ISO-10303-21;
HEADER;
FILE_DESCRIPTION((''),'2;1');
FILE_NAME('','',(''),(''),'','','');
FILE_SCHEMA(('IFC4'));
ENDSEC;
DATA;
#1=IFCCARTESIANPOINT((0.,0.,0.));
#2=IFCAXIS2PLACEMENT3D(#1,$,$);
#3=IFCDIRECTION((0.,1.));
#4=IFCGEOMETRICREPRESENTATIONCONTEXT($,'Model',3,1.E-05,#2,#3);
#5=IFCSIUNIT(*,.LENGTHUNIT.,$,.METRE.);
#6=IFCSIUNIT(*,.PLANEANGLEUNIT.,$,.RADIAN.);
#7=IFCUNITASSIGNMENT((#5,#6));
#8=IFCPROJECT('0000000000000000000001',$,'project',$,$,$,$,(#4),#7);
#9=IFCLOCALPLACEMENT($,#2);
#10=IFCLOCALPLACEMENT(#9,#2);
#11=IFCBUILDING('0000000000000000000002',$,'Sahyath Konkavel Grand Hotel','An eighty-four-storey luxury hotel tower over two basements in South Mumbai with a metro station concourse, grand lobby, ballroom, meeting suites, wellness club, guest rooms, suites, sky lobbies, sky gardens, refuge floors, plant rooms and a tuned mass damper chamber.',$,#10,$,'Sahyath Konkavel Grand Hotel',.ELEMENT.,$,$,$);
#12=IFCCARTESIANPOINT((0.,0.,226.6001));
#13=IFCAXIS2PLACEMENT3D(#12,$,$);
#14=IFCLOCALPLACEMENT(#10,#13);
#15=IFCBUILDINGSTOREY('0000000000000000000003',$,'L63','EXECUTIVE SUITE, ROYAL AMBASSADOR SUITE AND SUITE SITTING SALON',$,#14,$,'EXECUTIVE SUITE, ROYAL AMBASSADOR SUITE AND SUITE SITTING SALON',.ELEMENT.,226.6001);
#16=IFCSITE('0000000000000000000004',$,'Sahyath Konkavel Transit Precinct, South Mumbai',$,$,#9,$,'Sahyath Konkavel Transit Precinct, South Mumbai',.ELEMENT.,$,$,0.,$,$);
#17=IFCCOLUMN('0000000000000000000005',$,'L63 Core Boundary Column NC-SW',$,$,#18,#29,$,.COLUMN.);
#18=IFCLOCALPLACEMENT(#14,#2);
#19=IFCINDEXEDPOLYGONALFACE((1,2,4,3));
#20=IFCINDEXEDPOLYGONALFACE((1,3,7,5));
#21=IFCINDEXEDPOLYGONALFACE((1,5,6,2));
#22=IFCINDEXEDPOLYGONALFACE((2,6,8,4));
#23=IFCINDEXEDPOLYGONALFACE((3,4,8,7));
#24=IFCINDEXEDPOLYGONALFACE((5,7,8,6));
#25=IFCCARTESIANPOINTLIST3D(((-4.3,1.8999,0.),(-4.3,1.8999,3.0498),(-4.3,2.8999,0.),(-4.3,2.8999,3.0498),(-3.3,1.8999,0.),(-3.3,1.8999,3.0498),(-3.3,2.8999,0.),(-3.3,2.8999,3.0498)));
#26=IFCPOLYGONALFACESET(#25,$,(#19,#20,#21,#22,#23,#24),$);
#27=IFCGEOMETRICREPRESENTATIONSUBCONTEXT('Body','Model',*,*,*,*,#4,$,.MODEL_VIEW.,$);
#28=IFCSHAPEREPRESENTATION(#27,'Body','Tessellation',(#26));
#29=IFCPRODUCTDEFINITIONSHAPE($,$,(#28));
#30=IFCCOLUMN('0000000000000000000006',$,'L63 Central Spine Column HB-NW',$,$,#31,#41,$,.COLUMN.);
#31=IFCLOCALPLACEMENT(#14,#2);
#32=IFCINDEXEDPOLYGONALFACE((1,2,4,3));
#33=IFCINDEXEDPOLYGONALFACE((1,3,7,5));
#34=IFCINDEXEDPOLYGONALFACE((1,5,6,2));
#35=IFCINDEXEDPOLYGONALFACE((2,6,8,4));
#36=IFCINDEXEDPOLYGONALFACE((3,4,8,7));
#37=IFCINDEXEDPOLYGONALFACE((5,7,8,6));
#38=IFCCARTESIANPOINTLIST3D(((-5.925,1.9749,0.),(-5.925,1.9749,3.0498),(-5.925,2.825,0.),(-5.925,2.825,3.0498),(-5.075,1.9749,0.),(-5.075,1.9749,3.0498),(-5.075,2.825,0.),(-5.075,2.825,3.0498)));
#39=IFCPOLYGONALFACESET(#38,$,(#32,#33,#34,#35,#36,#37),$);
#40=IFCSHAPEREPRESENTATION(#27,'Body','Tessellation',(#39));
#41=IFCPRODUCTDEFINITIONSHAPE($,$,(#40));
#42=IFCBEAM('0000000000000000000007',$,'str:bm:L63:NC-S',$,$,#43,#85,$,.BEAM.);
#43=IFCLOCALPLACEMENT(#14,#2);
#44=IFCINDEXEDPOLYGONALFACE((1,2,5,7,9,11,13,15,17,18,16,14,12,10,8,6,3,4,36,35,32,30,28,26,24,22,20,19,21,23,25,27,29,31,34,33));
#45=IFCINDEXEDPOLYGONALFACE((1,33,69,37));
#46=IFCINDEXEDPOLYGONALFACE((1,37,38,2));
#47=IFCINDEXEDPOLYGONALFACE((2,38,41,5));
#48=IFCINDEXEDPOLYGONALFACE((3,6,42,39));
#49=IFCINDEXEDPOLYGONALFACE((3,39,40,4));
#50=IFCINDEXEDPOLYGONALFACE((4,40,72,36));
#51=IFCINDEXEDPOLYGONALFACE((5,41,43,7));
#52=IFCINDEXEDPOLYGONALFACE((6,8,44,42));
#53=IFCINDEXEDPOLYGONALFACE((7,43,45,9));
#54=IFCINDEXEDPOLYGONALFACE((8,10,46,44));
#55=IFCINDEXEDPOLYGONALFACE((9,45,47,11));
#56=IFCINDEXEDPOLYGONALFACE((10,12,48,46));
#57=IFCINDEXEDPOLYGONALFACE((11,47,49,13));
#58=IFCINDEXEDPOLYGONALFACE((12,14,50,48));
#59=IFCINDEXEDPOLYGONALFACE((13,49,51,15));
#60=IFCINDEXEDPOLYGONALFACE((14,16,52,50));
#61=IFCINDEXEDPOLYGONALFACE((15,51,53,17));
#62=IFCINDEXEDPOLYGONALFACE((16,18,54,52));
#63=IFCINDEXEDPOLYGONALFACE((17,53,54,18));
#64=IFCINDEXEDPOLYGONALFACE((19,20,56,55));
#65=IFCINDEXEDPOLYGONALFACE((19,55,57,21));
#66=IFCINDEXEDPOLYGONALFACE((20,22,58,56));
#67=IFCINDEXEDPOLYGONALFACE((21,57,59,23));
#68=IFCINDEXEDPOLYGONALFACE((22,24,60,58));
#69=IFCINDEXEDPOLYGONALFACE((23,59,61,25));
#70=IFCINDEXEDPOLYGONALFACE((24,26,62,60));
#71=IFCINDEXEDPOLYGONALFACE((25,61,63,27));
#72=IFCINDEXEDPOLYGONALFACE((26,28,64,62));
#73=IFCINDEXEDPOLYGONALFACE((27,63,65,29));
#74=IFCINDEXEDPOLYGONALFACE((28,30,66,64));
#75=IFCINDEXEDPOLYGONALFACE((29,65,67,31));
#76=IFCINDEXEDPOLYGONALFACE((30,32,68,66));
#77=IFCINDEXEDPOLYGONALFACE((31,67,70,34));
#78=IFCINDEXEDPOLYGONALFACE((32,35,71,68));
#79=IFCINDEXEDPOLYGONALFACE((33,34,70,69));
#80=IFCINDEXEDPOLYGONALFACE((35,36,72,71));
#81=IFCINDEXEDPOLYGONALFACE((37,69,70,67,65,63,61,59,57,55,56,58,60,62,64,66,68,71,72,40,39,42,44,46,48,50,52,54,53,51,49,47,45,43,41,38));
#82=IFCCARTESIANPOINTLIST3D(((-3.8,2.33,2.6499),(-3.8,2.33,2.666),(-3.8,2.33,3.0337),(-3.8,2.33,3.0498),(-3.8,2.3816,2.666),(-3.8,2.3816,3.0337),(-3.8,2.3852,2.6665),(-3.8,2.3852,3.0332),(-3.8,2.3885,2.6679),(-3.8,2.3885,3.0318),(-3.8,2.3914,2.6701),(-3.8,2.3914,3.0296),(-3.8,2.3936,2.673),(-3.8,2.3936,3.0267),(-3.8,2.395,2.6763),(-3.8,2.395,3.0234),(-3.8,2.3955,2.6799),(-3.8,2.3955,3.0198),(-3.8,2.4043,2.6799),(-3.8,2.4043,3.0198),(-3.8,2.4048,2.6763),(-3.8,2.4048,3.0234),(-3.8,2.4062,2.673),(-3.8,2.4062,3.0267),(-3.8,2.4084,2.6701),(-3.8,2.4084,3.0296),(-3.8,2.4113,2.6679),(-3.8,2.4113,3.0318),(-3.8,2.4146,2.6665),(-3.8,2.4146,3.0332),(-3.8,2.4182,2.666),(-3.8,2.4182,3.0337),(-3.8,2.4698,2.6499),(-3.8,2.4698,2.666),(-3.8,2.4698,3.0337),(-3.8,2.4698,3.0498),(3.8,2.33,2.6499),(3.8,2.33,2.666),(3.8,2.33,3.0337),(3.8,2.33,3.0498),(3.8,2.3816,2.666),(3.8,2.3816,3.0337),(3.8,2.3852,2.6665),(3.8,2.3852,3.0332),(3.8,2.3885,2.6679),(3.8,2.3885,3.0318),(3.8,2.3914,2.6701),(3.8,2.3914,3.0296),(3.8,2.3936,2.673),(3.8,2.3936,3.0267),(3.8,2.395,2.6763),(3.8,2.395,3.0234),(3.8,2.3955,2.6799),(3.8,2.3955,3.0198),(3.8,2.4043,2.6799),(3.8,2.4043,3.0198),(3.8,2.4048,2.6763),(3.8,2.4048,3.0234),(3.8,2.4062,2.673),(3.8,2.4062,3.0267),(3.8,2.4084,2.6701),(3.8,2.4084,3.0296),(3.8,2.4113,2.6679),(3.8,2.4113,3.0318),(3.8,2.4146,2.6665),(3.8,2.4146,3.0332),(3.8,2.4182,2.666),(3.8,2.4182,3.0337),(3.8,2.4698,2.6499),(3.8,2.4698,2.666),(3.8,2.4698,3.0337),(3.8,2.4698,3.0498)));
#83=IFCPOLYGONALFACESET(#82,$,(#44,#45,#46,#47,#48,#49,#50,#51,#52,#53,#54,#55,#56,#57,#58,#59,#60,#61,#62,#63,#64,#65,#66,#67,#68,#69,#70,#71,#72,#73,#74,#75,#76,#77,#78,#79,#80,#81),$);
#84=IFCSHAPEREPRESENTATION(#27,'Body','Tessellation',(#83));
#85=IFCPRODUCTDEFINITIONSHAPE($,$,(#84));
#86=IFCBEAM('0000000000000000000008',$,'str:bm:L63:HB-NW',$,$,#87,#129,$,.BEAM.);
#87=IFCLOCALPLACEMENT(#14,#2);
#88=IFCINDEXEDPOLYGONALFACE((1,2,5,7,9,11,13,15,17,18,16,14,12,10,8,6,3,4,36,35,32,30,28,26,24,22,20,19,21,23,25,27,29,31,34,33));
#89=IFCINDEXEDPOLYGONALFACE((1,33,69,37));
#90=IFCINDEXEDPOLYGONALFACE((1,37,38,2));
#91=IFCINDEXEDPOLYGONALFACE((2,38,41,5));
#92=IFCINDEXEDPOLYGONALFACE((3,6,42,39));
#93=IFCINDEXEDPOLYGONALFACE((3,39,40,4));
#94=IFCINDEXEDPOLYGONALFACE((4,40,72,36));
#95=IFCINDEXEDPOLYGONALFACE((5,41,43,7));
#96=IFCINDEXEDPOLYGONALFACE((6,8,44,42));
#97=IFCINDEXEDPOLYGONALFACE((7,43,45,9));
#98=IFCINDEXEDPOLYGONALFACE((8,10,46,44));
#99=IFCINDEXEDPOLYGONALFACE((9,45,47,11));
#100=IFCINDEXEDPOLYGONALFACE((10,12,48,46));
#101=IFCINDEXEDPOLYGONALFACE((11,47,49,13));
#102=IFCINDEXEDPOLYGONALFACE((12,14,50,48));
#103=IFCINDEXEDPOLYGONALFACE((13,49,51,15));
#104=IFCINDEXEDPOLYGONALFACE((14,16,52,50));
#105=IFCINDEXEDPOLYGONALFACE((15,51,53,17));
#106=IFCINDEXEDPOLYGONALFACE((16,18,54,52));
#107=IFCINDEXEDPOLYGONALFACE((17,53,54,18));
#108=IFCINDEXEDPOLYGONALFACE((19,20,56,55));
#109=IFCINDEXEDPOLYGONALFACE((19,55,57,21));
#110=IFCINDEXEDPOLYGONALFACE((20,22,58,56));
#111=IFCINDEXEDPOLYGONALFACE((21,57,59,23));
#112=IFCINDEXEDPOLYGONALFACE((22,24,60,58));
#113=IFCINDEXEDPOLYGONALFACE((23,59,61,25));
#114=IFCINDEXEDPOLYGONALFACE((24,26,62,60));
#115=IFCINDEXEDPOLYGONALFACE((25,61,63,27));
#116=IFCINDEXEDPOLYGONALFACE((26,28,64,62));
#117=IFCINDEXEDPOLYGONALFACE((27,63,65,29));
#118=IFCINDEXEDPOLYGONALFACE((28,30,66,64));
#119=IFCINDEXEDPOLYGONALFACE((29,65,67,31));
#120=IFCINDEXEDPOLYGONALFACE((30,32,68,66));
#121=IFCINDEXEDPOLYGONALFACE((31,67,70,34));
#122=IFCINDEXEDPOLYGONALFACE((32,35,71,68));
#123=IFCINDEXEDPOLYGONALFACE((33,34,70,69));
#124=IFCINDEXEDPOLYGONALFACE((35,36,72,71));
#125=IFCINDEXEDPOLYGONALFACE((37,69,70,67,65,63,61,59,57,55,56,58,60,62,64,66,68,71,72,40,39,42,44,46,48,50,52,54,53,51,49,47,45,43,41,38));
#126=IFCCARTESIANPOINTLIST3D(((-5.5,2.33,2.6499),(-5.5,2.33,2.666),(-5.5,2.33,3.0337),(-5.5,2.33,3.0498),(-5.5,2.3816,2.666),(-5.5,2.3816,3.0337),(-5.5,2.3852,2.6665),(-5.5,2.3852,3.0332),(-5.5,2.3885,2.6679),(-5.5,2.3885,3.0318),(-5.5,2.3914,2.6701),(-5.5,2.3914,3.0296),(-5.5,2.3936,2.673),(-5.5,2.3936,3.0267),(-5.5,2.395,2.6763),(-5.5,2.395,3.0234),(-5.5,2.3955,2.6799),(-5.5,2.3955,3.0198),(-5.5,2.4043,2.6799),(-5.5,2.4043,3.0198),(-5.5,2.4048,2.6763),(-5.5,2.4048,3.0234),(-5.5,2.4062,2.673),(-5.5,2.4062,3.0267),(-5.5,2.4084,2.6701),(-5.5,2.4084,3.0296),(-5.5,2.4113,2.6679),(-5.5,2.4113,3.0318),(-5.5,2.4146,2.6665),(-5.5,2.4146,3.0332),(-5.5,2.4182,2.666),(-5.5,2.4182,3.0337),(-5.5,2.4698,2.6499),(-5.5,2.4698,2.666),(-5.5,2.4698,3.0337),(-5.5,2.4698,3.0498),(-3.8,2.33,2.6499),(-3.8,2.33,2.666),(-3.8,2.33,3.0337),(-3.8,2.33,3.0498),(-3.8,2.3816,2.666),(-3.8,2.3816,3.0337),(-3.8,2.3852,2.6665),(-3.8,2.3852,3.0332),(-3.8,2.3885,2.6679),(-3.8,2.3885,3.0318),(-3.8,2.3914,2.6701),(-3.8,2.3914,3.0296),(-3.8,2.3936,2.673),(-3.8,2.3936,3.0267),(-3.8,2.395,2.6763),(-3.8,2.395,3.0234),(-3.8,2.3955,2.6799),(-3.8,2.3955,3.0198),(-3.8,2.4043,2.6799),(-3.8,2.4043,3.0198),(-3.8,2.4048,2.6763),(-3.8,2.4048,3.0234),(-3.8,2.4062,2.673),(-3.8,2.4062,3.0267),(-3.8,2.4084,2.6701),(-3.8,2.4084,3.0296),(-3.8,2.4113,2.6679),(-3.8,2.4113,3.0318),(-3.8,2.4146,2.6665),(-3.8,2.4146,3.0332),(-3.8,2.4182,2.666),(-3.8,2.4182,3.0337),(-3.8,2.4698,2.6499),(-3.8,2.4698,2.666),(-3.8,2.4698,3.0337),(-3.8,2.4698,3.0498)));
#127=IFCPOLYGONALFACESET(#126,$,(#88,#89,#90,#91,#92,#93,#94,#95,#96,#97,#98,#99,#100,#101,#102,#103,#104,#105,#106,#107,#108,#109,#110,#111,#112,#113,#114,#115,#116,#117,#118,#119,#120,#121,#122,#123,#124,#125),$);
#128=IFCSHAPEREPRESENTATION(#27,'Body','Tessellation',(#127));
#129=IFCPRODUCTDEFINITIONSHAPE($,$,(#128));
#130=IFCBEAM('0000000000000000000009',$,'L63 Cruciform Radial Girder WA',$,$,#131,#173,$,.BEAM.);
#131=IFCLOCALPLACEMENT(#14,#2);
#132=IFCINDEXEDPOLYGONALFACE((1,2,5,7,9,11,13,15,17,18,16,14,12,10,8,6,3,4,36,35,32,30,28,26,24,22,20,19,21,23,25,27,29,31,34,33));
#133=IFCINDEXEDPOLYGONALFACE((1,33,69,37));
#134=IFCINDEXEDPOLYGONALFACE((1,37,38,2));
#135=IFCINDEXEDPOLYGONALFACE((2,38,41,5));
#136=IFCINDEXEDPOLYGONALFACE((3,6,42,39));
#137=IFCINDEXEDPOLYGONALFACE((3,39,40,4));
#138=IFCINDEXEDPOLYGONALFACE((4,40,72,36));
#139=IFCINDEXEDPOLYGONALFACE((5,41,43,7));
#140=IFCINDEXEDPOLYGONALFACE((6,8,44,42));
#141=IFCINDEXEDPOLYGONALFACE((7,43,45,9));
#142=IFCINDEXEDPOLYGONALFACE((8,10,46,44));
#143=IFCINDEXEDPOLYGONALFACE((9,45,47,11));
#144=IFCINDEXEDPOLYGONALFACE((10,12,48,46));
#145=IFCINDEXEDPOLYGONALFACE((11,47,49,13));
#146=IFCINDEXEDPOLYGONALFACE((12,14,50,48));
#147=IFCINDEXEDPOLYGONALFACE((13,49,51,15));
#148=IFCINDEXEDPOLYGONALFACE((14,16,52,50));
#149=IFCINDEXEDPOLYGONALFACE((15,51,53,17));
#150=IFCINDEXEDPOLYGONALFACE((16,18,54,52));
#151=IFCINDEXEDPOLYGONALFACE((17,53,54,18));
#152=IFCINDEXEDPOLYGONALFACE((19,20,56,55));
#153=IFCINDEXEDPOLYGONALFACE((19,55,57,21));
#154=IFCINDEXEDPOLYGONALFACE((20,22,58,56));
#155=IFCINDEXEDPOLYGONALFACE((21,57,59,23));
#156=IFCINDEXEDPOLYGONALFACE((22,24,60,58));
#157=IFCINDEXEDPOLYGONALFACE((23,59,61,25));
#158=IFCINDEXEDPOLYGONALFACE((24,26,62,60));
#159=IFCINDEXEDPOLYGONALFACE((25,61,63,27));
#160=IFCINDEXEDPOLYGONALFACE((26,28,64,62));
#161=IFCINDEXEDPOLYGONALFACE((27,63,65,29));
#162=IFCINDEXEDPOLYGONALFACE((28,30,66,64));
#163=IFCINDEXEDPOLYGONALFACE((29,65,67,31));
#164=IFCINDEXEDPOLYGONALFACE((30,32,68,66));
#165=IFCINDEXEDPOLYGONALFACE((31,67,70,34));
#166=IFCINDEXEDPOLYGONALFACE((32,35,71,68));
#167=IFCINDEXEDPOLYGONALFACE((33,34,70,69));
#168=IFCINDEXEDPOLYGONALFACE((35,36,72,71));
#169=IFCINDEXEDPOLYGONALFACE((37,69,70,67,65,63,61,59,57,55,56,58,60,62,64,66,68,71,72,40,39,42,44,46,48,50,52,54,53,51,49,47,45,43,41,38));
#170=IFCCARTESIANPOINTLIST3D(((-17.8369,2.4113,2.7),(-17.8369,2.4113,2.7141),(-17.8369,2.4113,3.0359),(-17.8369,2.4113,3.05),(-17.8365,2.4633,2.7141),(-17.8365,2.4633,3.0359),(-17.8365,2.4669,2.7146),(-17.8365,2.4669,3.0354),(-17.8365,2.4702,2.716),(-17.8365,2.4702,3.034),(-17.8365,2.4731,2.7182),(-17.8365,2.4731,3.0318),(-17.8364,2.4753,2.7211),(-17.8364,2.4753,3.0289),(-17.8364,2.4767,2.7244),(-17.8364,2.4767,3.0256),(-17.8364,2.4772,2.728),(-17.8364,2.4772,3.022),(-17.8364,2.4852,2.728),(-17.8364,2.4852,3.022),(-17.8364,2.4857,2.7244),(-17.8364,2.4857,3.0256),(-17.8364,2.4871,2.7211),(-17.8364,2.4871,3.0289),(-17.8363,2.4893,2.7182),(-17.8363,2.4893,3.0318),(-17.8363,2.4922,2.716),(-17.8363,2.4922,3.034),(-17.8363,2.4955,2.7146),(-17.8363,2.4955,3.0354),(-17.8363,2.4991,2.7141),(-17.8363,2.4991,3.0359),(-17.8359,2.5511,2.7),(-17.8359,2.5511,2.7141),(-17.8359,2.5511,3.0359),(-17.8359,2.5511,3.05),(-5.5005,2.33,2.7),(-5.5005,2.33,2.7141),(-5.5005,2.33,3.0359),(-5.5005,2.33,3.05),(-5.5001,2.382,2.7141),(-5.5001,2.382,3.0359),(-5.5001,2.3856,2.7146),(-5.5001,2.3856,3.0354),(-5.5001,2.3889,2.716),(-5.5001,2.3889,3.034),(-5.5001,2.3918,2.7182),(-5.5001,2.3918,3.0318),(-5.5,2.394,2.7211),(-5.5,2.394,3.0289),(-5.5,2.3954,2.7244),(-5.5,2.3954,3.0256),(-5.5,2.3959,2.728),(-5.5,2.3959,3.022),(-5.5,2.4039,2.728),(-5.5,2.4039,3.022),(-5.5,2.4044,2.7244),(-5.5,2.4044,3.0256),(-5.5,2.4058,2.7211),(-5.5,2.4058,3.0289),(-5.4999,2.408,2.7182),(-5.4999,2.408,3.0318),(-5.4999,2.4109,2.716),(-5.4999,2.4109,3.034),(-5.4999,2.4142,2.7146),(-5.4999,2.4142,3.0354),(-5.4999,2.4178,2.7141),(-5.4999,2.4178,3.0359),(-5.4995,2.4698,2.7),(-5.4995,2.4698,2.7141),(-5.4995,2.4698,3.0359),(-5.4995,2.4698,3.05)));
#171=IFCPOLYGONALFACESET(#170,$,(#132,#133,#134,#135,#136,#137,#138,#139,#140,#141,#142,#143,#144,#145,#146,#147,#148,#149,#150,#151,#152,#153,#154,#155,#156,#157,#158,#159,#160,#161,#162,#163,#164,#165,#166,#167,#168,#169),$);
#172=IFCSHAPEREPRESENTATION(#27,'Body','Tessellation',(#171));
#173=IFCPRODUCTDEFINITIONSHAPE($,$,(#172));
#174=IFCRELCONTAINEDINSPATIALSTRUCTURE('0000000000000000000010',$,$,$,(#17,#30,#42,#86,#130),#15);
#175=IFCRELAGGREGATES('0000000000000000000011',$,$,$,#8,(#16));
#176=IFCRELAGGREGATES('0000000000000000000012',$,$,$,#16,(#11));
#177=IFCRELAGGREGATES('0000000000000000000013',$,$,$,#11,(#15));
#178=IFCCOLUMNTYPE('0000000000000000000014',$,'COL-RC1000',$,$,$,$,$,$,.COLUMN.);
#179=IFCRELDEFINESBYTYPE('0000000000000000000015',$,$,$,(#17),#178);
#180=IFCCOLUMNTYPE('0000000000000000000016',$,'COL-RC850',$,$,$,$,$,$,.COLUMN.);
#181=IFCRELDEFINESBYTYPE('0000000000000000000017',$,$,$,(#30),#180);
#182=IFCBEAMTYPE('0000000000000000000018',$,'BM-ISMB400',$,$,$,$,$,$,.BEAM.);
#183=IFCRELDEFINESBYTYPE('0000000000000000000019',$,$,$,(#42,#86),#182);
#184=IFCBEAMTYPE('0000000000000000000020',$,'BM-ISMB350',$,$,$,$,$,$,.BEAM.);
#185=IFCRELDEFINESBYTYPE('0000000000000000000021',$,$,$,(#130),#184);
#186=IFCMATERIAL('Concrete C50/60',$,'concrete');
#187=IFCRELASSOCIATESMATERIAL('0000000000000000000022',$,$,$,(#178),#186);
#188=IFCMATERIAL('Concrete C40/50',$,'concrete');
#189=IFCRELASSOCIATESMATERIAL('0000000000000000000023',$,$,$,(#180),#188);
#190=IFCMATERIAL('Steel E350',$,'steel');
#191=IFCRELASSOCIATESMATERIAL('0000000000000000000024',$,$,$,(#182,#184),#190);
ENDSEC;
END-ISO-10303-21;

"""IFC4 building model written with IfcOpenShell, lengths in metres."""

from ifc_helpers import new_model, si_unit, direction, frame, origin, origin_2d, place, context, subcontext, project, spatial, rectangle, i_section, extrude, source, transform, mapped, material, material_profile, profile_set, type_object, element, save


model = new_model("IFC4")

# Units and contexts
model_context = context("Model", 3, precision=1e-05, world=origin(), true_north=direction((0.0, 1.0)))
body_context = subcontext(model_context, "Body", "Model", "MODEL_VIEW")
ifc_project = project(units=[si_unit("LENGTHUNIT", "METRE"), si_unit("PLANEANGLEUNIT", "RADIAN")], contexts=[model_context])

# Site, building, storey
site_placement = place(None, origin())
site = spatial("IfcSite", under=ifc_project, at=site_placement, Name="Sahyath Konkavel Transit Precinct, South Mumbai", LongName="Sahyath Konkavel Transit Precinct, South Mumbai", CompositionType="ELEMENT", RefElevation=0.0)
building_placement = place(site_placement, origin())
building = spatial("IfcBuilding", under=site, at=building_placement, Name="Sahyath Konkavel Grand Hotel", Description="An eighty-four-storey luxury hotel tower over two basements in South Mumbai with a metro station concourse, grand lobby, ballroom, meeting suites, wellness club, guest rooms, suites, sky lobbies, sky gardens, refuge floors, plant rooms and a tuned mass damper chamber.", LongName="Sahyath Konkavel Grand Hotel", CompositionType="ELEMENT")
storey_placement = place(building_placement, frame((0.0, 0.0, 226.6001)))
storey = spatial("IfcBuildingStorey", under=building, at=storey_placement, Name="L63", Description="EXECUTIVE SUITE, ROYAL AMBASSADOR SUITE AND SUITE SITTING SALON", LongName="EXECUTIVE SUITE, ROYAL AMBASSADOR SUITE AND SUITE SITTING SALON", CompositionType="ELEMENT", Elevation=226.6001)

# Columns
ifc_material_1 = material(Name="Concrete C50/60", Category="concrete")
ifc_material_profile_1 = material_profile(ifc_material_1, rectangle(XDim=1.0, YDim=1.0, at=origin_2d()), Name="RC 1000x1000")
ifc_profile_set_1 = profile_set([ifc_material_profile_1], Name="Concrete C50/60")
column_type_1 = type_object("IfcColumnType", Name="COL-RC1000", PredefinedType="COLUMN", material=ifc_profile_set_1)
shared_shape_1 = source(origin(), body_context, "Body", "SweptSolid", [
    extrude(rectangle(XDim=1.0, YDim=1.0, at=origin_2d()), origin(), (0.0, 0.0, 1.0), 3.0498),
])
column_1_placement = place(storey_placement, frame((-3.8, 2.3999, 0.0), z_axis=(0.0, 0.0, 1.0), x_axis=(1.0, 0.0, 0.0)))
element("IfcColumn", 1, at=column_1_placement, inside=storey, type_object=column_type_1, Name="L63 Core Boundary Column NC-SW", PredefinedType="COLUMN", context=body_context, shape_type="MappedRepresentation", body=[
    mapped(shared_shape_1, transform((0.0, 0.0, 0.0), scale=1.0)),
])
ifc_material_2 = material(Name="Concrete C40/50", Category="concrete")
ifc_material_profile_2 = material_profile(ifc_material_2, rectangle(XDim=0.8501, YDim=0.8501, at=origin_2d()), Name="RC 850x850")
ifc_profile_set_2 = profile_set([ifc_material_profile_2], Name="Concrete C40/50")
column_type_2 = type_object("IfcColumnType", Name="COL-RC850", PredefinedType="COLUMN", material=ifc_profile_set_2)
shared_shape_2 = source(origin(), body_context, "Body", "SweptSolid", [
    extrude(rectangle(XDim=0.8501, YDim=0.8501, at=origin_2d()), origin(), (0.0, 0.0, 1.0), 3.0498),
])
column_2_placement = place(storey_placement, frame((-5.5, 2.3999, 0.0), z_axis=(0.0, 0.0, 1.0), x_axis=(1.0, 0.0, 0.0)))
element("IfcColumn", 2, at=column_2_placement, inside=storey, type_object=column_type_2, Name="L63 Central Spine Column HB-NW", PredefinedType="COLUMN", context=body_context, shape_type="MappedRepresentation", body=[
    mapped(shared_shape_2, transform((0.0, 0.0, 0.0), scale=1.0)),
])

# Beams
ifc_material_3 = material(Name="Steel E350", Category="steel")
ifc_material_profile_3 = material_profile(ifc_material_3, i_section(OverallWidth=0.1399, OverallDepth=0.3999, WebThickness=0.0088, FlangeThickness=0.0161, FilletRadius=0.0139, at=origin_2d()), Name="ISMB 400")
ifc_profile_set_3 = profile_set([ifc_material_profile_3], Name="Steel E350")
beam_type_1 = type_object("IfcBeamType", Name="BM-ISMB400", PredefinedType="BEAM", material=ifc_profile_set_3)
shared_shape_3 = source(origin(), body_context, "Body", "SweptSolid", [
    extrude(i_section(OverallWidth=0.1399, OverallDepth=0.3999, WebThickness=0.0088, FlangeThickness=0.0161, FilletRadius=0.0139, at=origin_2d()), origin(), (0.0, 0.0, 1.0), 7.6001),
])
beam_1_placement = place(storey_placement, frame((-3.8, 2.3999, 2.8499), z_axis=(1.0, 0.0, 0.0), x_axis=(0.0, 1.0, 0.0)))
element("IfcBeam", 3, at=beam_1_placement, inside=storey, type_object=beam_type_1, Name="str:bm:L63:NC-S", PredefinedType="BEAM", context=body_context, shape_type="MappedRepresentation", body=[
    mapped(shared_shape_3, transform((0.0, 0.0, 0.0), scale=1.0)),
])
shared_shape_4 = source(origin(), body_context, "Body", "SweptSolid", [
    extrude(i_section(OverallWidth=0.1399, OverallDepth=0.3999, WebThickness=0.0088, FlangeThickness=0.0161, FilletRadius=0.0139, at=origin_2d()), origin(), (0.0, 0.0, 1.0), 1.7),
])
beam_2_placement = place(storey_placement, frame((-5.5, 2.3999, 2.8499), z_axis=(1.0, 0.0, 0.0), x_axis=(0.0, 1.0, 0.0)))
element("IfcBeam", 4, at=beam_2_placement, inside=storey, type_object=beam_type_1, Name="str:bm:L63:HB-NW", PredefinedType="BEAM", context=body_context, shape_type="MappedRepresentation", body=[
    mapped(shared_shape_4, transform((0.0, 0.0, 0.0), scale=1.0)),
])
ifc_material_profile_4 = material_profile(ifc_material_3, i_section(OverallWidth=0.1399, OverallDepth=0.3501, WebThickness=0.0081, FlangeThickness=0.0142, FilletRadius=0.0139, at=origin_2d()), Name="ISMB 350")
ifc_profile_set_4 = profile_set([ifc_material_profile_4], Name="Steel E350")
beam_type_2 = type_object("IfcBeamType", Name="BM-ISMB350", PredefinedType="BEAM", material=ifc_profile_set_4)
shared_shape_5 = source(origin(), body_context, "Body", "SweptSolid", [
    extrude(i_section(OverallWidth=0.1399, OverallDepth=0.3501, WebThickness=0.0081, FlangeThickness=0.0142, FilletRadius=0.0139, at=origin_2d()), origin(), (0.0, 0.0, 1.0), 12.3367),
])
beam_3_placement = place(storey_placement, frame((-5.5, 2.3999, 2.875), z_axis=(-0.999978, 0.00659, 0.0), x_axis=(-0.00659, -0.999978, 0.0)))
element("IfcBeam", 5, at=beam_3_placement, inside=storey, type_object=beam_type_2, Name="L63 Cruciform Radial Girder WA", PredefinedType="BEAM", context=body_context, shape_type="MappedRepresentation", body=[
    mapped(shared_shape_5, transform((0.0, 0.0, 0.0), scale=1.0)),
])

save(model, "model.ifc")
